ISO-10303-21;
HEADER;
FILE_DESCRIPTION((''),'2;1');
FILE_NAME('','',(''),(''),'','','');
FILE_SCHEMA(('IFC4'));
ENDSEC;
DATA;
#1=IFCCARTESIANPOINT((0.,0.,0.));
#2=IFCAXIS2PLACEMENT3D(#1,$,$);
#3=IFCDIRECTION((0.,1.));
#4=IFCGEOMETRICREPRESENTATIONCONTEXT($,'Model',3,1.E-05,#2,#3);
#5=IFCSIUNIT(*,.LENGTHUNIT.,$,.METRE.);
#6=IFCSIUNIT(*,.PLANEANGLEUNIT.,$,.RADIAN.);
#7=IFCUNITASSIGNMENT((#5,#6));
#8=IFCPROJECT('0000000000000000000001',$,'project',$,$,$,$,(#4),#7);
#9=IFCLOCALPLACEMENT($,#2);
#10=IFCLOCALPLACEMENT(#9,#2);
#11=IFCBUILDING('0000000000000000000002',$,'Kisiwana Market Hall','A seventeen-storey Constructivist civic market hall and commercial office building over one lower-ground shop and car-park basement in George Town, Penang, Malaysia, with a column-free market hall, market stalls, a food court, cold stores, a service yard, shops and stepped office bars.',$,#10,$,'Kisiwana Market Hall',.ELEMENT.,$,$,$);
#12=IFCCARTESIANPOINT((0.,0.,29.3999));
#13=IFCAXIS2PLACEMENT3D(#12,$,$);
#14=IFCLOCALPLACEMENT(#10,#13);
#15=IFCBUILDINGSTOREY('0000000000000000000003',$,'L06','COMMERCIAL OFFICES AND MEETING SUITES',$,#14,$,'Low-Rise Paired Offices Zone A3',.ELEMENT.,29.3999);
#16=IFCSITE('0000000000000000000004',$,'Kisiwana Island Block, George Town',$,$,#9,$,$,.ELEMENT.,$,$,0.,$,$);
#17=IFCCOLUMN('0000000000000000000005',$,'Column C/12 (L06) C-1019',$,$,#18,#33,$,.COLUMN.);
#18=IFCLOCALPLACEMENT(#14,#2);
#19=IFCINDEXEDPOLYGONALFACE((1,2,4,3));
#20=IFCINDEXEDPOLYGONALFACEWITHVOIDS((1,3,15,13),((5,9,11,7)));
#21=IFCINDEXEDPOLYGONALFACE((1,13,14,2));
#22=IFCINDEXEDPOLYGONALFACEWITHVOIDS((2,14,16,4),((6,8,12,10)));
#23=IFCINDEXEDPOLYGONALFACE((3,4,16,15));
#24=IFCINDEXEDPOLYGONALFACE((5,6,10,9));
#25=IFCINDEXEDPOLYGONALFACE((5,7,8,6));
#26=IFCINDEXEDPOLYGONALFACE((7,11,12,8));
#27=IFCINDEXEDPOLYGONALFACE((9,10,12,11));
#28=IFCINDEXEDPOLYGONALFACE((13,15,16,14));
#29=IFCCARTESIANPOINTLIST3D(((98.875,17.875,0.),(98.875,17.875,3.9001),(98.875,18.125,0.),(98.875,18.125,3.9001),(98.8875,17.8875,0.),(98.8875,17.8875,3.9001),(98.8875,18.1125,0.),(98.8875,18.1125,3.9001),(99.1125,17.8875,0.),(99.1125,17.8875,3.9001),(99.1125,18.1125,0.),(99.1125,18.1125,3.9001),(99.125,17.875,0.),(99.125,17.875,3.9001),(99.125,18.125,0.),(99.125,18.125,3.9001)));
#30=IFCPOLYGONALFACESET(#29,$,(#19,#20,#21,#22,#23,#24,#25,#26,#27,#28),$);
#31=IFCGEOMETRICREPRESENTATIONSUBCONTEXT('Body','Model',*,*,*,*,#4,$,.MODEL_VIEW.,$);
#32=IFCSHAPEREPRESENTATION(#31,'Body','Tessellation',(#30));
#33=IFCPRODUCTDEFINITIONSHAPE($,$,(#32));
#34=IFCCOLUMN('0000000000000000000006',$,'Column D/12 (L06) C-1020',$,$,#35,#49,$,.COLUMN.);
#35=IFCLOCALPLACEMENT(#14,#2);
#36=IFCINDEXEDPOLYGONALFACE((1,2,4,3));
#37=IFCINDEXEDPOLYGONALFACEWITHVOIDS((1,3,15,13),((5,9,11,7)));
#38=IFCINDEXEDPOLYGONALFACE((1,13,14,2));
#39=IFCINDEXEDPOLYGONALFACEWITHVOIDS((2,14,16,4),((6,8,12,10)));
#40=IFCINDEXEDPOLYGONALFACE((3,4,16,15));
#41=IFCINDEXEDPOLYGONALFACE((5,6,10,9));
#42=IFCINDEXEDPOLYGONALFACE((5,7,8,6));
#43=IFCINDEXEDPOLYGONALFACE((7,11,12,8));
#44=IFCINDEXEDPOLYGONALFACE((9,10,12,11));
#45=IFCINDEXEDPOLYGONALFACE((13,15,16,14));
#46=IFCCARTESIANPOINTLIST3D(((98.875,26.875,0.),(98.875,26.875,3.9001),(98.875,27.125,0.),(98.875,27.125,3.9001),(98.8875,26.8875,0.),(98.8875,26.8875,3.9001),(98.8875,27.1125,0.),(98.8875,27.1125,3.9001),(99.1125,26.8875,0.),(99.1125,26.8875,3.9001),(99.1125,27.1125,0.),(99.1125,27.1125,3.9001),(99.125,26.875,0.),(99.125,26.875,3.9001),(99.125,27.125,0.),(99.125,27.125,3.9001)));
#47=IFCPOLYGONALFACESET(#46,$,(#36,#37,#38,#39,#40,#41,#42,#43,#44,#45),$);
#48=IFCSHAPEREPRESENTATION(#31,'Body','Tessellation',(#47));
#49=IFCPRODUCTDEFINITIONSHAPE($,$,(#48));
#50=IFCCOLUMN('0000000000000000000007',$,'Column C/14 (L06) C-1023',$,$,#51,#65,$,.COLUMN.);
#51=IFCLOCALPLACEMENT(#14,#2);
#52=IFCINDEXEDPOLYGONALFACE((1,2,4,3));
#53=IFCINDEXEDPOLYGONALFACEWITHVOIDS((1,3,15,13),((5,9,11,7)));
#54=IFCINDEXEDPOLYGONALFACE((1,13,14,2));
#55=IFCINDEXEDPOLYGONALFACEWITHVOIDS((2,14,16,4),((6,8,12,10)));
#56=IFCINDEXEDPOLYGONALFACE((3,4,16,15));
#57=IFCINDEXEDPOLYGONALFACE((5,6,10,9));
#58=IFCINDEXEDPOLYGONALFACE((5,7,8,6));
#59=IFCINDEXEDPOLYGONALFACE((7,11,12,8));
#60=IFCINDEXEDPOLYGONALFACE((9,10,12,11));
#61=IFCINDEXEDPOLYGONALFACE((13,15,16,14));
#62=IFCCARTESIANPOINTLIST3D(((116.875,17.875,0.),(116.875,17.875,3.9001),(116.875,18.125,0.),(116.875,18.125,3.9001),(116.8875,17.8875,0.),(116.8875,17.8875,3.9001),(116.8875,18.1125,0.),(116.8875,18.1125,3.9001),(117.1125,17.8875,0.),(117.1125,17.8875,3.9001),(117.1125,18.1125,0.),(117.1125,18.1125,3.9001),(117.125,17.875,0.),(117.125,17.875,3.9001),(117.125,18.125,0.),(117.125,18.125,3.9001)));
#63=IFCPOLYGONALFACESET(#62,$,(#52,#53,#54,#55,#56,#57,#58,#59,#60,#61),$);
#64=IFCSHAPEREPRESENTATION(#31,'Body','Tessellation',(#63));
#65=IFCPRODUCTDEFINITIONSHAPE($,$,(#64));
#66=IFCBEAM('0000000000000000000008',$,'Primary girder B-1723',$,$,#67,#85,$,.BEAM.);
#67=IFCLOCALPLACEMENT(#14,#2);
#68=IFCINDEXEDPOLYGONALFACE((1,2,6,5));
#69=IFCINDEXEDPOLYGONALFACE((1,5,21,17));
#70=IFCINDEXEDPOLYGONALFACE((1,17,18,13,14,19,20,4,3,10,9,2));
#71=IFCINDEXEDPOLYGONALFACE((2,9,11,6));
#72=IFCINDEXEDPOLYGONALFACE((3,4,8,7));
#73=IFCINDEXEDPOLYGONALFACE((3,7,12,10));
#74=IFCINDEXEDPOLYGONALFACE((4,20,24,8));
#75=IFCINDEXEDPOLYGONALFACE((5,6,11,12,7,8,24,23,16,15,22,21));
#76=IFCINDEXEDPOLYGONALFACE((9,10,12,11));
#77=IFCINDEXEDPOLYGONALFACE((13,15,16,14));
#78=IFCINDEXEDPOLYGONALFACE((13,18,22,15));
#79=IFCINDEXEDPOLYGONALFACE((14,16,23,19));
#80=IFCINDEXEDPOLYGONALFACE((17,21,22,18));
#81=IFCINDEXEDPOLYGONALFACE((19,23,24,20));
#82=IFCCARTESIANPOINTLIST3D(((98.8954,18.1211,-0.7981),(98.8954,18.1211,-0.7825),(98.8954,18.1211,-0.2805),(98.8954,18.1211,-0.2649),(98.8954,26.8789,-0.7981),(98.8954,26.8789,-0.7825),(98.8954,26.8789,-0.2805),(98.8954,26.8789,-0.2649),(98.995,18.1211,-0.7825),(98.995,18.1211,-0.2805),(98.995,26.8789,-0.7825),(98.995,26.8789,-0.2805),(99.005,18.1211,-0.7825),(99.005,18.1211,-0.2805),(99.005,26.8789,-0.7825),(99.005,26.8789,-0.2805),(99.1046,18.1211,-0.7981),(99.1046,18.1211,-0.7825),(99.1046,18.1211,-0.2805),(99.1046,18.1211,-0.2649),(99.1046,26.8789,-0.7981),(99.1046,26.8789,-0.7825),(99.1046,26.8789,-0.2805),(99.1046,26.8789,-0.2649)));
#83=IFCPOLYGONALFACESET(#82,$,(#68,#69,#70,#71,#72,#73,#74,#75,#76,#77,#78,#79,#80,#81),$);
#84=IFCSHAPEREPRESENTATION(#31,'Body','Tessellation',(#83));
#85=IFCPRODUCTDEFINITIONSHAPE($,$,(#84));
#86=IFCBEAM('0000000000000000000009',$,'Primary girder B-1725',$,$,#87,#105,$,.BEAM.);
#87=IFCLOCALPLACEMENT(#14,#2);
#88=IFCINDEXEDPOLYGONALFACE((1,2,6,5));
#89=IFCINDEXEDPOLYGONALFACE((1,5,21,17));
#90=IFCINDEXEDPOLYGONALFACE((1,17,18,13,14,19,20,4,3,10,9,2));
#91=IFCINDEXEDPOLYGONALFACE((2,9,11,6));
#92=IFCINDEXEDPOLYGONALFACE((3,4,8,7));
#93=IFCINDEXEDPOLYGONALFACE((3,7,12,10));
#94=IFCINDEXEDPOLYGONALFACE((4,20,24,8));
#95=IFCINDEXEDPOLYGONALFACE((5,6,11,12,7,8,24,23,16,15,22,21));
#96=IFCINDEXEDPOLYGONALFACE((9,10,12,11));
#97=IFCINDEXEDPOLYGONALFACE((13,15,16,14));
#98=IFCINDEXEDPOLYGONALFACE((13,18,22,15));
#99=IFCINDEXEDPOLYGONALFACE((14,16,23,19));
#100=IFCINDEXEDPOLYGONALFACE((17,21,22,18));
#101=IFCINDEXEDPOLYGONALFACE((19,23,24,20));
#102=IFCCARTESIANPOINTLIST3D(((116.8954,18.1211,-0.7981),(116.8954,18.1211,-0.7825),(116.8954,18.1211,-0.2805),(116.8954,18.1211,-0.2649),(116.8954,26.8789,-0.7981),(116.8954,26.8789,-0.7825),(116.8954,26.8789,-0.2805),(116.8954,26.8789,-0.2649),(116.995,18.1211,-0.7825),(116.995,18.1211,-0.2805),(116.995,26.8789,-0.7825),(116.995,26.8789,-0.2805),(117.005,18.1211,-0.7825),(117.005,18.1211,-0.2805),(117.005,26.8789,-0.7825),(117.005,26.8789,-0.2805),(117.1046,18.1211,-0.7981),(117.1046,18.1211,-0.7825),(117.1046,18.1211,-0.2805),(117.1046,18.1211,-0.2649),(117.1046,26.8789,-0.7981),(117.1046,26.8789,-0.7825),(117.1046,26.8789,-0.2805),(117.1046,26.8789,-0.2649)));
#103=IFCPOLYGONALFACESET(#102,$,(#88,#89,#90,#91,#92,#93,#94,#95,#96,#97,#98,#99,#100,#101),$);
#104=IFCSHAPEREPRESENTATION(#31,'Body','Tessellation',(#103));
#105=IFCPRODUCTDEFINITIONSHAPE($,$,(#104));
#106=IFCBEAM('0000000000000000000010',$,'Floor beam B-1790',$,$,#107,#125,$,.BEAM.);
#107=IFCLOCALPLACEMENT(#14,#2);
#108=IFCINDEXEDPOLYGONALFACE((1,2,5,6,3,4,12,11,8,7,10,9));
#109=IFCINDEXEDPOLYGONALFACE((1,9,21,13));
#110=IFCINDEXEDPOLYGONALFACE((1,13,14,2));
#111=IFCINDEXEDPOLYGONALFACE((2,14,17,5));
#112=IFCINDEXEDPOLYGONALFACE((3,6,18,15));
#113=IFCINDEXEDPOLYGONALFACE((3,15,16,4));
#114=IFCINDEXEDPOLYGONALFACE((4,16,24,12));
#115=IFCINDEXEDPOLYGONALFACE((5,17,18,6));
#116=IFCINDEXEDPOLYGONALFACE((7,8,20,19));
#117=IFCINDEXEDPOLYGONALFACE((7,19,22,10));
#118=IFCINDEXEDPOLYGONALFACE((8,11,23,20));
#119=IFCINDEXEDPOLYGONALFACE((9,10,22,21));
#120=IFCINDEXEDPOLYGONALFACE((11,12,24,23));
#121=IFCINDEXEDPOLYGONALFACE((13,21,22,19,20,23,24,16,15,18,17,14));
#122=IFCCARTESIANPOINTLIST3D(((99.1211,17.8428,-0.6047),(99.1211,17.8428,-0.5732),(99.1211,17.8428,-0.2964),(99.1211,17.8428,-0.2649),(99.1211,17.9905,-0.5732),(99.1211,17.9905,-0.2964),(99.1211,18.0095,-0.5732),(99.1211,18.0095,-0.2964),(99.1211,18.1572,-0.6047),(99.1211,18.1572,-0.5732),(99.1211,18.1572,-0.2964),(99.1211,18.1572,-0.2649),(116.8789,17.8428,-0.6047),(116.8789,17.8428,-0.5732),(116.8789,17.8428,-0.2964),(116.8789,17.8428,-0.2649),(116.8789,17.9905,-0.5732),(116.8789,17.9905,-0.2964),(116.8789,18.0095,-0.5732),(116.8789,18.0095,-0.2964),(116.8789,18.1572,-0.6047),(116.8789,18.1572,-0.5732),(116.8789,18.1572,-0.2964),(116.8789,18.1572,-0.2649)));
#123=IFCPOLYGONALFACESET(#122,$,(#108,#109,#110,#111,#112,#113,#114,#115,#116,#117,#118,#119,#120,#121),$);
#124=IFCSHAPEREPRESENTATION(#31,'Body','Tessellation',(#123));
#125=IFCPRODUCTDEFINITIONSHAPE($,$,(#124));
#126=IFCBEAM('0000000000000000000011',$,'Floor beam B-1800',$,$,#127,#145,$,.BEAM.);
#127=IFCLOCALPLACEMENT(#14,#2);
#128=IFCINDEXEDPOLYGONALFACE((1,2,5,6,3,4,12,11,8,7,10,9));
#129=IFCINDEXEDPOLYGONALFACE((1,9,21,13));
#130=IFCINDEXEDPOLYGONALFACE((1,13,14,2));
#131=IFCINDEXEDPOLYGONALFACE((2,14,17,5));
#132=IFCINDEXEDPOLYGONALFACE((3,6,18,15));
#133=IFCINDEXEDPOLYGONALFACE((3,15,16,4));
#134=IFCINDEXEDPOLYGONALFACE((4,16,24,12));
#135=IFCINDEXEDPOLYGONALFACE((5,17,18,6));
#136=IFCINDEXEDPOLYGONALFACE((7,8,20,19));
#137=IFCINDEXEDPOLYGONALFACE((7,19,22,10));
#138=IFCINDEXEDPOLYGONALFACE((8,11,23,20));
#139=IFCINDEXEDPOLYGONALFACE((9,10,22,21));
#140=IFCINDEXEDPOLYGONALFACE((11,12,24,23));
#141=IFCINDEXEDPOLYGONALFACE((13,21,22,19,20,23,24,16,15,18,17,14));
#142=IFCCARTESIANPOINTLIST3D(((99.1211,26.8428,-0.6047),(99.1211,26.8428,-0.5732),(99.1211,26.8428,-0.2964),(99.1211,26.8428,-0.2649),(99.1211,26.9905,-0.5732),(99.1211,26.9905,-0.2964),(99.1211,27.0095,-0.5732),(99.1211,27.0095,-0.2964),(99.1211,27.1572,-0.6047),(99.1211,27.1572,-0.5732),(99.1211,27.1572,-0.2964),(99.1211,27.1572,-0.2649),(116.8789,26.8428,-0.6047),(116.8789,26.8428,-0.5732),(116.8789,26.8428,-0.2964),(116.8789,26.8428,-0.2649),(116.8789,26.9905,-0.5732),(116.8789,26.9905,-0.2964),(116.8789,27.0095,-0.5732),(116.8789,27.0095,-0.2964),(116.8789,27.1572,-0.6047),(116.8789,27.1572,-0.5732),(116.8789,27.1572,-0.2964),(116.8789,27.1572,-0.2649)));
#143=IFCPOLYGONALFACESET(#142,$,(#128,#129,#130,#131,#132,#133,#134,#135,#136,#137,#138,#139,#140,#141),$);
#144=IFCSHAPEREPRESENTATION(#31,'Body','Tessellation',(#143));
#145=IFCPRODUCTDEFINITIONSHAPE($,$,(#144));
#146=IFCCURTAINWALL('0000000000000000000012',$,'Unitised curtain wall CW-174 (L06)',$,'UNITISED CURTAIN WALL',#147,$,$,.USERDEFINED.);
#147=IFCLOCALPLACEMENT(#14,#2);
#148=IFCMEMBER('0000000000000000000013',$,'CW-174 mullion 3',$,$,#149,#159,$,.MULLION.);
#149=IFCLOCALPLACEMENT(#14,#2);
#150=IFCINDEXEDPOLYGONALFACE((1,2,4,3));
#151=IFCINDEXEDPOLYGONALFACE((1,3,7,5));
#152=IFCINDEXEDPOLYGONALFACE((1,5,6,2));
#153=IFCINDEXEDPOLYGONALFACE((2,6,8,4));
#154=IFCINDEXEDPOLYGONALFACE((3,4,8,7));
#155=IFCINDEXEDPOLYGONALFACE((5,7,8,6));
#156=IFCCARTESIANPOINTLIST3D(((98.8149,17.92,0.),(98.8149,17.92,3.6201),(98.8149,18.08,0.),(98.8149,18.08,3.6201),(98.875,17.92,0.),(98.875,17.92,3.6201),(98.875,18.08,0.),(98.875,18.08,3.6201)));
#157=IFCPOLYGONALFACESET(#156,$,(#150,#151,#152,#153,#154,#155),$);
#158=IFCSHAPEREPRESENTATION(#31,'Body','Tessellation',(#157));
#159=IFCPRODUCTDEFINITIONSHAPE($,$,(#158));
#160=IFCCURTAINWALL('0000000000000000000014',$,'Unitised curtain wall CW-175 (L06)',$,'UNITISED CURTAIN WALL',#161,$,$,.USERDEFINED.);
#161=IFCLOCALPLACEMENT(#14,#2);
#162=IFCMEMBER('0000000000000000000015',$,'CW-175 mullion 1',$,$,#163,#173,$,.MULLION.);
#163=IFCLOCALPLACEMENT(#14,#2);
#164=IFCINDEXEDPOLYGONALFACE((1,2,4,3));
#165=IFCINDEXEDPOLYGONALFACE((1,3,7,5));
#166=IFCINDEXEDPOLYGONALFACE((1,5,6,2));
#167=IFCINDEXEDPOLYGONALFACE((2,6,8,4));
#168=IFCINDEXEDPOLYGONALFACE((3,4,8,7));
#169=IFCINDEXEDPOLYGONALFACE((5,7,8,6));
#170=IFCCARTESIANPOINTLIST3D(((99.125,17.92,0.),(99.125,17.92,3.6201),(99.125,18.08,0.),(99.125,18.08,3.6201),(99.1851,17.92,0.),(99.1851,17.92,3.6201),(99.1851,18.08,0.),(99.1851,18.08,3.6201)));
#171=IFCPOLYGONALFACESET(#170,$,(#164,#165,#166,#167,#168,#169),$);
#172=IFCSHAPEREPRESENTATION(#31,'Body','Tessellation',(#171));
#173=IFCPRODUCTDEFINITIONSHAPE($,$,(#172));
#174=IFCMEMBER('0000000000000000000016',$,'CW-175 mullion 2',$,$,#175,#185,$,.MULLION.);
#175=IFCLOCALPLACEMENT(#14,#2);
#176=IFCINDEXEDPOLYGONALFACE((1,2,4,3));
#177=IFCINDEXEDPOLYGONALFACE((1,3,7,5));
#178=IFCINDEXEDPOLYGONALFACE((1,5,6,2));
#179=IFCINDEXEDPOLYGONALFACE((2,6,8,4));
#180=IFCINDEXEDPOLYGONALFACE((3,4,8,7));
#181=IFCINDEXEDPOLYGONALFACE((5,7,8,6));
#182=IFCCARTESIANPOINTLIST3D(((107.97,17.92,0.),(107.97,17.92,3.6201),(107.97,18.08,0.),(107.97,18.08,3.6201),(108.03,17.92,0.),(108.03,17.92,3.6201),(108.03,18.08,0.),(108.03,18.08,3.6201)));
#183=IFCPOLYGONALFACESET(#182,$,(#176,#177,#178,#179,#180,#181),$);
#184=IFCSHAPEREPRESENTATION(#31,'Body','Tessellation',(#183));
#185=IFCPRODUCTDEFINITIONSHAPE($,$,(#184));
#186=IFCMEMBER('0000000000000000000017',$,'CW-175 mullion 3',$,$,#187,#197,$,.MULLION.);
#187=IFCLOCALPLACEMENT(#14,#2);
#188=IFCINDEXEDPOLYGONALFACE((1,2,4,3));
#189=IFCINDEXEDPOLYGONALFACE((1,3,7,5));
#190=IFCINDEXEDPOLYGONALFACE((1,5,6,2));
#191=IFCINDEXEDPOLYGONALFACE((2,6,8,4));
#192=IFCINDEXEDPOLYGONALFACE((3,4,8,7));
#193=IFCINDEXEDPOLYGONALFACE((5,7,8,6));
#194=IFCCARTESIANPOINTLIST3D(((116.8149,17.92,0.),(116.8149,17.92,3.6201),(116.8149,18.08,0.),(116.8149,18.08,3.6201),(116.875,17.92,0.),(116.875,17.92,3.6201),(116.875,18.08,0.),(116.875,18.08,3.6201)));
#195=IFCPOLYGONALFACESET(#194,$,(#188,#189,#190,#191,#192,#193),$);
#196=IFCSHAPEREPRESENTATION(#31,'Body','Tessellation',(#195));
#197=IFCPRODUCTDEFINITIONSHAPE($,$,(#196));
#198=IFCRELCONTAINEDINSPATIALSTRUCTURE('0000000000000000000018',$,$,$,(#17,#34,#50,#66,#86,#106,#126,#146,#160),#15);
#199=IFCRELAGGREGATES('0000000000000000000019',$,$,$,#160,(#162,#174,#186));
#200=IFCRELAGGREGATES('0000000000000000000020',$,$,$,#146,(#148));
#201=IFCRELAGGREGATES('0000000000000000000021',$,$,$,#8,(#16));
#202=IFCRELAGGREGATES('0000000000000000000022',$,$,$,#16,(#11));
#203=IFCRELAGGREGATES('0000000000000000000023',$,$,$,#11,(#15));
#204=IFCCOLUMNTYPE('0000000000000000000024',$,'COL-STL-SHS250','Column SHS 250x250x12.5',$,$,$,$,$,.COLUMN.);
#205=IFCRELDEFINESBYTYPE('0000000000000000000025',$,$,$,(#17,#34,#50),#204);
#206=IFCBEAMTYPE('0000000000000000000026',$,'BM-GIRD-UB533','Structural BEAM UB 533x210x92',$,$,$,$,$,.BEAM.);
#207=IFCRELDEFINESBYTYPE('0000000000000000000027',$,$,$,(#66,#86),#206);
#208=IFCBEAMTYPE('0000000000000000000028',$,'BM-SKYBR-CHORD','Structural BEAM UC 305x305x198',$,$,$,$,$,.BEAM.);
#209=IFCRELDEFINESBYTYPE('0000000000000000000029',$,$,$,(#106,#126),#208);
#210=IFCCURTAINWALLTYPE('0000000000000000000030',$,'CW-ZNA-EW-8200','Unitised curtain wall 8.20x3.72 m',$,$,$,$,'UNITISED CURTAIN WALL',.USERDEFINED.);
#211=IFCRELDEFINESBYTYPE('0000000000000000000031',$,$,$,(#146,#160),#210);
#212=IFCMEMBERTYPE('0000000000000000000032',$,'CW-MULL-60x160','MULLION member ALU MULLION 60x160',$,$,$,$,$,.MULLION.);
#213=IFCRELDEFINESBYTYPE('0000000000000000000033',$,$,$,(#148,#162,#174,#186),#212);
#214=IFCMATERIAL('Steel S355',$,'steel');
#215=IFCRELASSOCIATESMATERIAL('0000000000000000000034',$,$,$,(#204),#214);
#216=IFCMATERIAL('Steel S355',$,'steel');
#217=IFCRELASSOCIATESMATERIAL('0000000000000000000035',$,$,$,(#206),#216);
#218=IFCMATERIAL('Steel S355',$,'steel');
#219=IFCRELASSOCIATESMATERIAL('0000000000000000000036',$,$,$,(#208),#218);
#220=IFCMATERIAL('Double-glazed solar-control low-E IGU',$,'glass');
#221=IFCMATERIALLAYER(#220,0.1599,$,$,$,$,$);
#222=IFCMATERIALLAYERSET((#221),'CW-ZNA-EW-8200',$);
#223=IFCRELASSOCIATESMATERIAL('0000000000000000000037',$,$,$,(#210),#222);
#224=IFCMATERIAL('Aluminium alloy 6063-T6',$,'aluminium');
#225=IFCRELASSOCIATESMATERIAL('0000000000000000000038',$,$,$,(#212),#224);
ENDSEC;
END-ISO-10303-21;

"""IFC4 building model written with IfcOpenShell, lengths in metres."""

from ifc_helpers import new_model, si_unit, direction, frame, origin, origin_2d, place, context, subcontext, project, spatial, rectangle, hollow_rectangle, i_section, extrude, material, layer, layer_set, material_profile, profile_set, type_object, element, aggregate, save


model = new_model("IFC4")

# Units and contexts
model_context = context("Model", 3, precision=1e-05, world=origin(), true_north=direction((0.0, 1.0)))
body_context = subcontext(model_context, "Body", "Model", "MODEL_VIEW")
ifc_project = project(units=[si_unit("LENGTHUNIT", "METRE"), si_unit("PLANEANGLEUNIT", "RADIAN")], contexts=[model_context])

# Site, building, storey
site_placement = place(None, origin())
site = spatial("IfcSite", under=ifc_project, at=site_placement, Name="Kisiwana Island Block, George Town", CompositionType="ELEMENT", RefElevation=0.0)
building_placement = place(site_placement, origin())
building = spatial("IfcBuilding", under=site, at=building_placement, Name="Kisiwana Market Hall", Description="A seventeen-storey Constructivist civic market hall and commercial office building over one lower-ground shop and car-park basement in George Town, Penang, Malaysia, with a column-free market hall, market stalls, a food court, cold stores, a service yard, shops and stepped office bars.", LongName="Kisiwana Market Hall", CompositionType="ELEMENT")
storey_placement = place(building_placement, frame((0.0, 0.0, 29.3999)))
storey = spatial("IfcBuildingStorey", under=building, at=storey_placement, Name="L06", Description="COMMERCIAL OFFICES AND MEETING SUITES", LongName="Low-Rise Paired Offices Zone A3", CompositionType="ELEMENT", Elevation=29.3999)

# Columns
ifc_material_1 = material(Name="Steel S355", Category="steel")
ifc_material_profile_1 = material_profile(ifc_material_1, hollow_rectangle(XDim=0.25, YDim=0.25, WallThickness=0.0125, at=origin_2d()), Name="SHS 250x250x12.5")
ifc_profile_set_1 = profile_set([ifc_material_profile_1], Name="Steel S355")
column_type = type_object("IfcColumnType", Name="COL-STL-SHS250", Description="Column SHS 250x250x12.5", PredefinedType="COLUMN", material=ifc_profile_set_1)
for number, where, z_axis, x_axis, name in (
    (1, (99.0, 18.0, 0.0), (0.0, 0.0, 1.0), (1.0, 0.0, 0.0), "Column C/12 (L06) C-1019"),
    (2, (99.0, 27.0, 0.0), (0.0, 0.0, 1.0), (1.0, 0.0, 0.0), "Column D/12 (L06) C-1020"),
    (3, (117.0, 18.0, 0.0), (0.0, 0.0, 1.0), (1.0, 0.0, 0.0), "Column C/14 (L06) C-1023"),
):
    element("IfcColumn", number, at=place(storey_placement, frame(where, z_axis=z_axis, x_axis=x_axis)), inside=storey, type_object=column_type, Name=name, PredefinedType="COLUMN", context=body_context, shape_type="SweptSolid", body=[
        extrude(hollow_rectangle(XDim=0.25, YDim=0.25, WallThickness=0.0125, at=origin_2d()), origin(), (0.0, 0.0, 1.0), 3.9001),
    ])

# Beams
ifc_material_2 = material(Name="Steel S355", Category="steel")
ifc_material_profile_2 = material_profile(ifc_material_2, i_section(OverallWidth=0.2092, OverallDepth=0.5332, WebThickness=0.01, FlangeThickness=0.0156, at=origin_2d()), Name="UB 533x210x92")
ifc_profile_set_2 = profile_set([ifc_material_profile_2], Name="Steel S355")
beam_type_1 = type_object("IfcBeamType", Name="BM-GIRD-UB533", Description="Structural BEAM UB 533x210x92", PredefinedType="BEAM", material=ifc_profile_set_2)
for number, where, z_axis, x_axis, name in (
    (4, (99.0, 18.1211, -0.5315), (0.0, 1.0, 0.0), (-1.0, 0.0, 0.0), "Primary girder B-1723"),
    (5, (117.0, 18.1211, -0.5315), (0.0, 1.0, 0.0), (-1.0, 0.0, 0.0), "Primary girder B-1725"),
):
    element("IfcBeam", number, at=place(storey_placement, frame(where, z_axis=z_axis, x_axis=x_axis)), inside=storey, type_object=beam_type_1, Name=name, PredefinedType="BEAM", context=body_context, shape_type="SweptSolid", body=[
        extrude(i_section(OverallWidth=0.2092, OverallDepth=0.5332, WebThickness=0.01, FlangeThickness=0.0156, at=origin_2d()), origin(), (0.0, 0.0, 1.0), 8.7578),
    ])
ifc_material_3 = material(Name="Steel S355", Category="steel")
ifc_material_profile_3 = material_profile(ifc_material_3, i_section(OverallWidth=0.3145, OverallDepth=0.3398, WebThickness=0.019, FlangeThickness=0.0315, at=origin_2d()), Name="UC 305x305x198")
ifc_profile_set_3 = profile_set([ifc_material_profile_3], Name="Steel S355")
beam_type_2 = type_object("IfcBeamType", Name="BM-SKYBR-CHORD", Description="Structural BEAM UC 305x305x198", PredefinedType="BEAM", material=ifc_profile_set_3)
for number, where, z_axis, x_axis, name in (
    (6, (99.1211, 18.0, -0.4348), (1.0, 0.0, 0.0), (0.0, 1.0, 0.0), "Floor beam B-1790"),
    (7, (99.1211, 27.0, -0.4348), (1.0, 0.0, 0.0), (0.0, 1.0, 0.0), "Floor beam B-1800"),
):
    element("IfcBeam", number, at=place(storey_placement, frame(where, z_axis=z_axis, x_axis=x_axis)), inside=storey, type_object=beam_type_2, Name=name, PredefinedType="BEAM", context=body_context, shape_type="SweptSolid", body=[
        extrude(i_section(OverallWidth=0.3145, OverallDepth=0.3398, WebThickness=0.019, FlangeThickness=0.0315, at=origin_2d()), origin(), (0.0, 0.0, 1.0), 17.7578),
    ])

# Curtain wall, member
ifc_material_4 = material(Name="Double-glazed solar-control low-E IGU", Category="glass")
ifc_layer_1 = layer(ifc_material_4, 0.1599)
ifc_layer_set_1 = layer_set([ifc_layer_1], Name="CW-ZNA-EW-8200")
curtain_wall_type = type_object("IfcCurtainWallType", Name="CW-ZNA-EW-8200", Description="Unitised curtain wall 8.20x3.72 m", ElementType="UNITISED CURTAIN WALL", PredefinedType="USERDEFINED", material=ifc_layer_set_1)
curtain_wall_1_placement = place(storey_placement, origin())
curtain_wall_1 = element("IfcCurtainWall", 8, at=curtain_wall_1_placement, inside=storey, type_object=curtain_wall_type, Name="Unitised curtain wall CW-174 (L06)", ObjectType="UNITISED CURTAIN WALL", PredefinedType="USERDEFINED")
ifc_material_5 = material(Name="Aluminium alloy 6063-T6", Category="aluminium")
ifc_material_profile_4 = material_profile(ifc_material_5, rectangle(XDim=0.0601, YDim=0.1599, at=origin_2d()), Name="ALU MULLION 60x160")
ifc_profile_set_4 = profile_set([ifc_material_profile_4], Name="Aluminium alloy 6063-T6")
member_type_1 = type_object("IfcMemberType", Name="CW-MULL-60x160", Description="MULLION member ALU MULLION 60x160", PredefinedType="MULLION", material=ifc_profile_set_4)
member_1_placement = place(storey_placement, frame((98.845, 18.0, 0.0), z_axis=(0.0, 0.0, 1.0), x_axis=(1.0, 0.0, 0.0)))
member_1 = element("IfcMember", 9, at=member_1_placement, type_object=member_type_1, Name="CW-174 mullion 3", PredefinedType="MULLION", context=body_context, shape_type="SweptSolid", body=[
    extrude(rectangle(XDim=0.0601, YDim=0.1599, at=origin_2d()), origin(), (0.0, 0.0, 1.0), 3.6201),
])

# Curtain wall, members
curtain_wall_2_placement = place(storey_placement, origin())
curtain_wall_2 = element("IfcCurtainWall", 10, at=curtain_wall_2_placement, inside=storey, type_object=curtain_wall_type, Name="Unitised curtain wall CW-175 (L06)", ObjectType="UNITISED CURTAIN WALL", PredefinedType="USERDEFINED")
member_2_placement = place(storey_placement, frame((99.155, 18.0, 0.0), z_axis=(0.0, 0.0, 1.0), x_axis=(1.0, 0.0, 0.0)))
member_2 = element("IfcMember", 11, at=member_2_placement, type_object=member_type_1, Name="CW-175 mullion 1", PredefinedType="MULLION", context=body_context, shape_type="SweptSolid", body=[
    extrude(rectangle(XDim=0.0601, YDim=0.1599, at=origin_2d()), origin(), (0.0, 0.0, 1.0), 3.6201),
])
member_3_placement = place(storey_placement, frame((108.0, 18.0, 0.0), z_axis=(0.0, 0.0, 1.0), x_axis=(1.0, 0.0, 0.0)))
member_3 = element("IfcMember", 12, at=member_3_placement, type_object=member_type_1, Name="CW-175 mullion 2", PredefinedType="MULLION", context=body_context, shape_type="SweptSolid", body=[
    extrude(rectangle(XDim=0.0601, YDim=0.1599, at=origin_2d()), origin(), (0.0, 0.0, 1.0), 3.6201),
])
member_4_placement = place(storey_placement, frame((116.845, 18.0, 0.0), z_axis=(0.0, 0.0, 1.0), x_axis=(1.0, 0.0, 0.0)))
member_4 = element("IfcMember", 13, at=member_4_placement, type_object=member_type_1, Name="CW-175 mullion 3", PredefinedType="MULLION", context=body_context, shape_type="SweptSolid", body=[
    extrude(rectangle(XDim=0.0601, YDim=0.1599, at=origin_2d()), origin(), (0.0, 0.0, 1.0), 3.6201),
])

aggregate(curtain_wall_2, [member_2, member_3, member_4])
aggregate(curtain_wall_1, [member_1])

save(model, "model.ifc")
